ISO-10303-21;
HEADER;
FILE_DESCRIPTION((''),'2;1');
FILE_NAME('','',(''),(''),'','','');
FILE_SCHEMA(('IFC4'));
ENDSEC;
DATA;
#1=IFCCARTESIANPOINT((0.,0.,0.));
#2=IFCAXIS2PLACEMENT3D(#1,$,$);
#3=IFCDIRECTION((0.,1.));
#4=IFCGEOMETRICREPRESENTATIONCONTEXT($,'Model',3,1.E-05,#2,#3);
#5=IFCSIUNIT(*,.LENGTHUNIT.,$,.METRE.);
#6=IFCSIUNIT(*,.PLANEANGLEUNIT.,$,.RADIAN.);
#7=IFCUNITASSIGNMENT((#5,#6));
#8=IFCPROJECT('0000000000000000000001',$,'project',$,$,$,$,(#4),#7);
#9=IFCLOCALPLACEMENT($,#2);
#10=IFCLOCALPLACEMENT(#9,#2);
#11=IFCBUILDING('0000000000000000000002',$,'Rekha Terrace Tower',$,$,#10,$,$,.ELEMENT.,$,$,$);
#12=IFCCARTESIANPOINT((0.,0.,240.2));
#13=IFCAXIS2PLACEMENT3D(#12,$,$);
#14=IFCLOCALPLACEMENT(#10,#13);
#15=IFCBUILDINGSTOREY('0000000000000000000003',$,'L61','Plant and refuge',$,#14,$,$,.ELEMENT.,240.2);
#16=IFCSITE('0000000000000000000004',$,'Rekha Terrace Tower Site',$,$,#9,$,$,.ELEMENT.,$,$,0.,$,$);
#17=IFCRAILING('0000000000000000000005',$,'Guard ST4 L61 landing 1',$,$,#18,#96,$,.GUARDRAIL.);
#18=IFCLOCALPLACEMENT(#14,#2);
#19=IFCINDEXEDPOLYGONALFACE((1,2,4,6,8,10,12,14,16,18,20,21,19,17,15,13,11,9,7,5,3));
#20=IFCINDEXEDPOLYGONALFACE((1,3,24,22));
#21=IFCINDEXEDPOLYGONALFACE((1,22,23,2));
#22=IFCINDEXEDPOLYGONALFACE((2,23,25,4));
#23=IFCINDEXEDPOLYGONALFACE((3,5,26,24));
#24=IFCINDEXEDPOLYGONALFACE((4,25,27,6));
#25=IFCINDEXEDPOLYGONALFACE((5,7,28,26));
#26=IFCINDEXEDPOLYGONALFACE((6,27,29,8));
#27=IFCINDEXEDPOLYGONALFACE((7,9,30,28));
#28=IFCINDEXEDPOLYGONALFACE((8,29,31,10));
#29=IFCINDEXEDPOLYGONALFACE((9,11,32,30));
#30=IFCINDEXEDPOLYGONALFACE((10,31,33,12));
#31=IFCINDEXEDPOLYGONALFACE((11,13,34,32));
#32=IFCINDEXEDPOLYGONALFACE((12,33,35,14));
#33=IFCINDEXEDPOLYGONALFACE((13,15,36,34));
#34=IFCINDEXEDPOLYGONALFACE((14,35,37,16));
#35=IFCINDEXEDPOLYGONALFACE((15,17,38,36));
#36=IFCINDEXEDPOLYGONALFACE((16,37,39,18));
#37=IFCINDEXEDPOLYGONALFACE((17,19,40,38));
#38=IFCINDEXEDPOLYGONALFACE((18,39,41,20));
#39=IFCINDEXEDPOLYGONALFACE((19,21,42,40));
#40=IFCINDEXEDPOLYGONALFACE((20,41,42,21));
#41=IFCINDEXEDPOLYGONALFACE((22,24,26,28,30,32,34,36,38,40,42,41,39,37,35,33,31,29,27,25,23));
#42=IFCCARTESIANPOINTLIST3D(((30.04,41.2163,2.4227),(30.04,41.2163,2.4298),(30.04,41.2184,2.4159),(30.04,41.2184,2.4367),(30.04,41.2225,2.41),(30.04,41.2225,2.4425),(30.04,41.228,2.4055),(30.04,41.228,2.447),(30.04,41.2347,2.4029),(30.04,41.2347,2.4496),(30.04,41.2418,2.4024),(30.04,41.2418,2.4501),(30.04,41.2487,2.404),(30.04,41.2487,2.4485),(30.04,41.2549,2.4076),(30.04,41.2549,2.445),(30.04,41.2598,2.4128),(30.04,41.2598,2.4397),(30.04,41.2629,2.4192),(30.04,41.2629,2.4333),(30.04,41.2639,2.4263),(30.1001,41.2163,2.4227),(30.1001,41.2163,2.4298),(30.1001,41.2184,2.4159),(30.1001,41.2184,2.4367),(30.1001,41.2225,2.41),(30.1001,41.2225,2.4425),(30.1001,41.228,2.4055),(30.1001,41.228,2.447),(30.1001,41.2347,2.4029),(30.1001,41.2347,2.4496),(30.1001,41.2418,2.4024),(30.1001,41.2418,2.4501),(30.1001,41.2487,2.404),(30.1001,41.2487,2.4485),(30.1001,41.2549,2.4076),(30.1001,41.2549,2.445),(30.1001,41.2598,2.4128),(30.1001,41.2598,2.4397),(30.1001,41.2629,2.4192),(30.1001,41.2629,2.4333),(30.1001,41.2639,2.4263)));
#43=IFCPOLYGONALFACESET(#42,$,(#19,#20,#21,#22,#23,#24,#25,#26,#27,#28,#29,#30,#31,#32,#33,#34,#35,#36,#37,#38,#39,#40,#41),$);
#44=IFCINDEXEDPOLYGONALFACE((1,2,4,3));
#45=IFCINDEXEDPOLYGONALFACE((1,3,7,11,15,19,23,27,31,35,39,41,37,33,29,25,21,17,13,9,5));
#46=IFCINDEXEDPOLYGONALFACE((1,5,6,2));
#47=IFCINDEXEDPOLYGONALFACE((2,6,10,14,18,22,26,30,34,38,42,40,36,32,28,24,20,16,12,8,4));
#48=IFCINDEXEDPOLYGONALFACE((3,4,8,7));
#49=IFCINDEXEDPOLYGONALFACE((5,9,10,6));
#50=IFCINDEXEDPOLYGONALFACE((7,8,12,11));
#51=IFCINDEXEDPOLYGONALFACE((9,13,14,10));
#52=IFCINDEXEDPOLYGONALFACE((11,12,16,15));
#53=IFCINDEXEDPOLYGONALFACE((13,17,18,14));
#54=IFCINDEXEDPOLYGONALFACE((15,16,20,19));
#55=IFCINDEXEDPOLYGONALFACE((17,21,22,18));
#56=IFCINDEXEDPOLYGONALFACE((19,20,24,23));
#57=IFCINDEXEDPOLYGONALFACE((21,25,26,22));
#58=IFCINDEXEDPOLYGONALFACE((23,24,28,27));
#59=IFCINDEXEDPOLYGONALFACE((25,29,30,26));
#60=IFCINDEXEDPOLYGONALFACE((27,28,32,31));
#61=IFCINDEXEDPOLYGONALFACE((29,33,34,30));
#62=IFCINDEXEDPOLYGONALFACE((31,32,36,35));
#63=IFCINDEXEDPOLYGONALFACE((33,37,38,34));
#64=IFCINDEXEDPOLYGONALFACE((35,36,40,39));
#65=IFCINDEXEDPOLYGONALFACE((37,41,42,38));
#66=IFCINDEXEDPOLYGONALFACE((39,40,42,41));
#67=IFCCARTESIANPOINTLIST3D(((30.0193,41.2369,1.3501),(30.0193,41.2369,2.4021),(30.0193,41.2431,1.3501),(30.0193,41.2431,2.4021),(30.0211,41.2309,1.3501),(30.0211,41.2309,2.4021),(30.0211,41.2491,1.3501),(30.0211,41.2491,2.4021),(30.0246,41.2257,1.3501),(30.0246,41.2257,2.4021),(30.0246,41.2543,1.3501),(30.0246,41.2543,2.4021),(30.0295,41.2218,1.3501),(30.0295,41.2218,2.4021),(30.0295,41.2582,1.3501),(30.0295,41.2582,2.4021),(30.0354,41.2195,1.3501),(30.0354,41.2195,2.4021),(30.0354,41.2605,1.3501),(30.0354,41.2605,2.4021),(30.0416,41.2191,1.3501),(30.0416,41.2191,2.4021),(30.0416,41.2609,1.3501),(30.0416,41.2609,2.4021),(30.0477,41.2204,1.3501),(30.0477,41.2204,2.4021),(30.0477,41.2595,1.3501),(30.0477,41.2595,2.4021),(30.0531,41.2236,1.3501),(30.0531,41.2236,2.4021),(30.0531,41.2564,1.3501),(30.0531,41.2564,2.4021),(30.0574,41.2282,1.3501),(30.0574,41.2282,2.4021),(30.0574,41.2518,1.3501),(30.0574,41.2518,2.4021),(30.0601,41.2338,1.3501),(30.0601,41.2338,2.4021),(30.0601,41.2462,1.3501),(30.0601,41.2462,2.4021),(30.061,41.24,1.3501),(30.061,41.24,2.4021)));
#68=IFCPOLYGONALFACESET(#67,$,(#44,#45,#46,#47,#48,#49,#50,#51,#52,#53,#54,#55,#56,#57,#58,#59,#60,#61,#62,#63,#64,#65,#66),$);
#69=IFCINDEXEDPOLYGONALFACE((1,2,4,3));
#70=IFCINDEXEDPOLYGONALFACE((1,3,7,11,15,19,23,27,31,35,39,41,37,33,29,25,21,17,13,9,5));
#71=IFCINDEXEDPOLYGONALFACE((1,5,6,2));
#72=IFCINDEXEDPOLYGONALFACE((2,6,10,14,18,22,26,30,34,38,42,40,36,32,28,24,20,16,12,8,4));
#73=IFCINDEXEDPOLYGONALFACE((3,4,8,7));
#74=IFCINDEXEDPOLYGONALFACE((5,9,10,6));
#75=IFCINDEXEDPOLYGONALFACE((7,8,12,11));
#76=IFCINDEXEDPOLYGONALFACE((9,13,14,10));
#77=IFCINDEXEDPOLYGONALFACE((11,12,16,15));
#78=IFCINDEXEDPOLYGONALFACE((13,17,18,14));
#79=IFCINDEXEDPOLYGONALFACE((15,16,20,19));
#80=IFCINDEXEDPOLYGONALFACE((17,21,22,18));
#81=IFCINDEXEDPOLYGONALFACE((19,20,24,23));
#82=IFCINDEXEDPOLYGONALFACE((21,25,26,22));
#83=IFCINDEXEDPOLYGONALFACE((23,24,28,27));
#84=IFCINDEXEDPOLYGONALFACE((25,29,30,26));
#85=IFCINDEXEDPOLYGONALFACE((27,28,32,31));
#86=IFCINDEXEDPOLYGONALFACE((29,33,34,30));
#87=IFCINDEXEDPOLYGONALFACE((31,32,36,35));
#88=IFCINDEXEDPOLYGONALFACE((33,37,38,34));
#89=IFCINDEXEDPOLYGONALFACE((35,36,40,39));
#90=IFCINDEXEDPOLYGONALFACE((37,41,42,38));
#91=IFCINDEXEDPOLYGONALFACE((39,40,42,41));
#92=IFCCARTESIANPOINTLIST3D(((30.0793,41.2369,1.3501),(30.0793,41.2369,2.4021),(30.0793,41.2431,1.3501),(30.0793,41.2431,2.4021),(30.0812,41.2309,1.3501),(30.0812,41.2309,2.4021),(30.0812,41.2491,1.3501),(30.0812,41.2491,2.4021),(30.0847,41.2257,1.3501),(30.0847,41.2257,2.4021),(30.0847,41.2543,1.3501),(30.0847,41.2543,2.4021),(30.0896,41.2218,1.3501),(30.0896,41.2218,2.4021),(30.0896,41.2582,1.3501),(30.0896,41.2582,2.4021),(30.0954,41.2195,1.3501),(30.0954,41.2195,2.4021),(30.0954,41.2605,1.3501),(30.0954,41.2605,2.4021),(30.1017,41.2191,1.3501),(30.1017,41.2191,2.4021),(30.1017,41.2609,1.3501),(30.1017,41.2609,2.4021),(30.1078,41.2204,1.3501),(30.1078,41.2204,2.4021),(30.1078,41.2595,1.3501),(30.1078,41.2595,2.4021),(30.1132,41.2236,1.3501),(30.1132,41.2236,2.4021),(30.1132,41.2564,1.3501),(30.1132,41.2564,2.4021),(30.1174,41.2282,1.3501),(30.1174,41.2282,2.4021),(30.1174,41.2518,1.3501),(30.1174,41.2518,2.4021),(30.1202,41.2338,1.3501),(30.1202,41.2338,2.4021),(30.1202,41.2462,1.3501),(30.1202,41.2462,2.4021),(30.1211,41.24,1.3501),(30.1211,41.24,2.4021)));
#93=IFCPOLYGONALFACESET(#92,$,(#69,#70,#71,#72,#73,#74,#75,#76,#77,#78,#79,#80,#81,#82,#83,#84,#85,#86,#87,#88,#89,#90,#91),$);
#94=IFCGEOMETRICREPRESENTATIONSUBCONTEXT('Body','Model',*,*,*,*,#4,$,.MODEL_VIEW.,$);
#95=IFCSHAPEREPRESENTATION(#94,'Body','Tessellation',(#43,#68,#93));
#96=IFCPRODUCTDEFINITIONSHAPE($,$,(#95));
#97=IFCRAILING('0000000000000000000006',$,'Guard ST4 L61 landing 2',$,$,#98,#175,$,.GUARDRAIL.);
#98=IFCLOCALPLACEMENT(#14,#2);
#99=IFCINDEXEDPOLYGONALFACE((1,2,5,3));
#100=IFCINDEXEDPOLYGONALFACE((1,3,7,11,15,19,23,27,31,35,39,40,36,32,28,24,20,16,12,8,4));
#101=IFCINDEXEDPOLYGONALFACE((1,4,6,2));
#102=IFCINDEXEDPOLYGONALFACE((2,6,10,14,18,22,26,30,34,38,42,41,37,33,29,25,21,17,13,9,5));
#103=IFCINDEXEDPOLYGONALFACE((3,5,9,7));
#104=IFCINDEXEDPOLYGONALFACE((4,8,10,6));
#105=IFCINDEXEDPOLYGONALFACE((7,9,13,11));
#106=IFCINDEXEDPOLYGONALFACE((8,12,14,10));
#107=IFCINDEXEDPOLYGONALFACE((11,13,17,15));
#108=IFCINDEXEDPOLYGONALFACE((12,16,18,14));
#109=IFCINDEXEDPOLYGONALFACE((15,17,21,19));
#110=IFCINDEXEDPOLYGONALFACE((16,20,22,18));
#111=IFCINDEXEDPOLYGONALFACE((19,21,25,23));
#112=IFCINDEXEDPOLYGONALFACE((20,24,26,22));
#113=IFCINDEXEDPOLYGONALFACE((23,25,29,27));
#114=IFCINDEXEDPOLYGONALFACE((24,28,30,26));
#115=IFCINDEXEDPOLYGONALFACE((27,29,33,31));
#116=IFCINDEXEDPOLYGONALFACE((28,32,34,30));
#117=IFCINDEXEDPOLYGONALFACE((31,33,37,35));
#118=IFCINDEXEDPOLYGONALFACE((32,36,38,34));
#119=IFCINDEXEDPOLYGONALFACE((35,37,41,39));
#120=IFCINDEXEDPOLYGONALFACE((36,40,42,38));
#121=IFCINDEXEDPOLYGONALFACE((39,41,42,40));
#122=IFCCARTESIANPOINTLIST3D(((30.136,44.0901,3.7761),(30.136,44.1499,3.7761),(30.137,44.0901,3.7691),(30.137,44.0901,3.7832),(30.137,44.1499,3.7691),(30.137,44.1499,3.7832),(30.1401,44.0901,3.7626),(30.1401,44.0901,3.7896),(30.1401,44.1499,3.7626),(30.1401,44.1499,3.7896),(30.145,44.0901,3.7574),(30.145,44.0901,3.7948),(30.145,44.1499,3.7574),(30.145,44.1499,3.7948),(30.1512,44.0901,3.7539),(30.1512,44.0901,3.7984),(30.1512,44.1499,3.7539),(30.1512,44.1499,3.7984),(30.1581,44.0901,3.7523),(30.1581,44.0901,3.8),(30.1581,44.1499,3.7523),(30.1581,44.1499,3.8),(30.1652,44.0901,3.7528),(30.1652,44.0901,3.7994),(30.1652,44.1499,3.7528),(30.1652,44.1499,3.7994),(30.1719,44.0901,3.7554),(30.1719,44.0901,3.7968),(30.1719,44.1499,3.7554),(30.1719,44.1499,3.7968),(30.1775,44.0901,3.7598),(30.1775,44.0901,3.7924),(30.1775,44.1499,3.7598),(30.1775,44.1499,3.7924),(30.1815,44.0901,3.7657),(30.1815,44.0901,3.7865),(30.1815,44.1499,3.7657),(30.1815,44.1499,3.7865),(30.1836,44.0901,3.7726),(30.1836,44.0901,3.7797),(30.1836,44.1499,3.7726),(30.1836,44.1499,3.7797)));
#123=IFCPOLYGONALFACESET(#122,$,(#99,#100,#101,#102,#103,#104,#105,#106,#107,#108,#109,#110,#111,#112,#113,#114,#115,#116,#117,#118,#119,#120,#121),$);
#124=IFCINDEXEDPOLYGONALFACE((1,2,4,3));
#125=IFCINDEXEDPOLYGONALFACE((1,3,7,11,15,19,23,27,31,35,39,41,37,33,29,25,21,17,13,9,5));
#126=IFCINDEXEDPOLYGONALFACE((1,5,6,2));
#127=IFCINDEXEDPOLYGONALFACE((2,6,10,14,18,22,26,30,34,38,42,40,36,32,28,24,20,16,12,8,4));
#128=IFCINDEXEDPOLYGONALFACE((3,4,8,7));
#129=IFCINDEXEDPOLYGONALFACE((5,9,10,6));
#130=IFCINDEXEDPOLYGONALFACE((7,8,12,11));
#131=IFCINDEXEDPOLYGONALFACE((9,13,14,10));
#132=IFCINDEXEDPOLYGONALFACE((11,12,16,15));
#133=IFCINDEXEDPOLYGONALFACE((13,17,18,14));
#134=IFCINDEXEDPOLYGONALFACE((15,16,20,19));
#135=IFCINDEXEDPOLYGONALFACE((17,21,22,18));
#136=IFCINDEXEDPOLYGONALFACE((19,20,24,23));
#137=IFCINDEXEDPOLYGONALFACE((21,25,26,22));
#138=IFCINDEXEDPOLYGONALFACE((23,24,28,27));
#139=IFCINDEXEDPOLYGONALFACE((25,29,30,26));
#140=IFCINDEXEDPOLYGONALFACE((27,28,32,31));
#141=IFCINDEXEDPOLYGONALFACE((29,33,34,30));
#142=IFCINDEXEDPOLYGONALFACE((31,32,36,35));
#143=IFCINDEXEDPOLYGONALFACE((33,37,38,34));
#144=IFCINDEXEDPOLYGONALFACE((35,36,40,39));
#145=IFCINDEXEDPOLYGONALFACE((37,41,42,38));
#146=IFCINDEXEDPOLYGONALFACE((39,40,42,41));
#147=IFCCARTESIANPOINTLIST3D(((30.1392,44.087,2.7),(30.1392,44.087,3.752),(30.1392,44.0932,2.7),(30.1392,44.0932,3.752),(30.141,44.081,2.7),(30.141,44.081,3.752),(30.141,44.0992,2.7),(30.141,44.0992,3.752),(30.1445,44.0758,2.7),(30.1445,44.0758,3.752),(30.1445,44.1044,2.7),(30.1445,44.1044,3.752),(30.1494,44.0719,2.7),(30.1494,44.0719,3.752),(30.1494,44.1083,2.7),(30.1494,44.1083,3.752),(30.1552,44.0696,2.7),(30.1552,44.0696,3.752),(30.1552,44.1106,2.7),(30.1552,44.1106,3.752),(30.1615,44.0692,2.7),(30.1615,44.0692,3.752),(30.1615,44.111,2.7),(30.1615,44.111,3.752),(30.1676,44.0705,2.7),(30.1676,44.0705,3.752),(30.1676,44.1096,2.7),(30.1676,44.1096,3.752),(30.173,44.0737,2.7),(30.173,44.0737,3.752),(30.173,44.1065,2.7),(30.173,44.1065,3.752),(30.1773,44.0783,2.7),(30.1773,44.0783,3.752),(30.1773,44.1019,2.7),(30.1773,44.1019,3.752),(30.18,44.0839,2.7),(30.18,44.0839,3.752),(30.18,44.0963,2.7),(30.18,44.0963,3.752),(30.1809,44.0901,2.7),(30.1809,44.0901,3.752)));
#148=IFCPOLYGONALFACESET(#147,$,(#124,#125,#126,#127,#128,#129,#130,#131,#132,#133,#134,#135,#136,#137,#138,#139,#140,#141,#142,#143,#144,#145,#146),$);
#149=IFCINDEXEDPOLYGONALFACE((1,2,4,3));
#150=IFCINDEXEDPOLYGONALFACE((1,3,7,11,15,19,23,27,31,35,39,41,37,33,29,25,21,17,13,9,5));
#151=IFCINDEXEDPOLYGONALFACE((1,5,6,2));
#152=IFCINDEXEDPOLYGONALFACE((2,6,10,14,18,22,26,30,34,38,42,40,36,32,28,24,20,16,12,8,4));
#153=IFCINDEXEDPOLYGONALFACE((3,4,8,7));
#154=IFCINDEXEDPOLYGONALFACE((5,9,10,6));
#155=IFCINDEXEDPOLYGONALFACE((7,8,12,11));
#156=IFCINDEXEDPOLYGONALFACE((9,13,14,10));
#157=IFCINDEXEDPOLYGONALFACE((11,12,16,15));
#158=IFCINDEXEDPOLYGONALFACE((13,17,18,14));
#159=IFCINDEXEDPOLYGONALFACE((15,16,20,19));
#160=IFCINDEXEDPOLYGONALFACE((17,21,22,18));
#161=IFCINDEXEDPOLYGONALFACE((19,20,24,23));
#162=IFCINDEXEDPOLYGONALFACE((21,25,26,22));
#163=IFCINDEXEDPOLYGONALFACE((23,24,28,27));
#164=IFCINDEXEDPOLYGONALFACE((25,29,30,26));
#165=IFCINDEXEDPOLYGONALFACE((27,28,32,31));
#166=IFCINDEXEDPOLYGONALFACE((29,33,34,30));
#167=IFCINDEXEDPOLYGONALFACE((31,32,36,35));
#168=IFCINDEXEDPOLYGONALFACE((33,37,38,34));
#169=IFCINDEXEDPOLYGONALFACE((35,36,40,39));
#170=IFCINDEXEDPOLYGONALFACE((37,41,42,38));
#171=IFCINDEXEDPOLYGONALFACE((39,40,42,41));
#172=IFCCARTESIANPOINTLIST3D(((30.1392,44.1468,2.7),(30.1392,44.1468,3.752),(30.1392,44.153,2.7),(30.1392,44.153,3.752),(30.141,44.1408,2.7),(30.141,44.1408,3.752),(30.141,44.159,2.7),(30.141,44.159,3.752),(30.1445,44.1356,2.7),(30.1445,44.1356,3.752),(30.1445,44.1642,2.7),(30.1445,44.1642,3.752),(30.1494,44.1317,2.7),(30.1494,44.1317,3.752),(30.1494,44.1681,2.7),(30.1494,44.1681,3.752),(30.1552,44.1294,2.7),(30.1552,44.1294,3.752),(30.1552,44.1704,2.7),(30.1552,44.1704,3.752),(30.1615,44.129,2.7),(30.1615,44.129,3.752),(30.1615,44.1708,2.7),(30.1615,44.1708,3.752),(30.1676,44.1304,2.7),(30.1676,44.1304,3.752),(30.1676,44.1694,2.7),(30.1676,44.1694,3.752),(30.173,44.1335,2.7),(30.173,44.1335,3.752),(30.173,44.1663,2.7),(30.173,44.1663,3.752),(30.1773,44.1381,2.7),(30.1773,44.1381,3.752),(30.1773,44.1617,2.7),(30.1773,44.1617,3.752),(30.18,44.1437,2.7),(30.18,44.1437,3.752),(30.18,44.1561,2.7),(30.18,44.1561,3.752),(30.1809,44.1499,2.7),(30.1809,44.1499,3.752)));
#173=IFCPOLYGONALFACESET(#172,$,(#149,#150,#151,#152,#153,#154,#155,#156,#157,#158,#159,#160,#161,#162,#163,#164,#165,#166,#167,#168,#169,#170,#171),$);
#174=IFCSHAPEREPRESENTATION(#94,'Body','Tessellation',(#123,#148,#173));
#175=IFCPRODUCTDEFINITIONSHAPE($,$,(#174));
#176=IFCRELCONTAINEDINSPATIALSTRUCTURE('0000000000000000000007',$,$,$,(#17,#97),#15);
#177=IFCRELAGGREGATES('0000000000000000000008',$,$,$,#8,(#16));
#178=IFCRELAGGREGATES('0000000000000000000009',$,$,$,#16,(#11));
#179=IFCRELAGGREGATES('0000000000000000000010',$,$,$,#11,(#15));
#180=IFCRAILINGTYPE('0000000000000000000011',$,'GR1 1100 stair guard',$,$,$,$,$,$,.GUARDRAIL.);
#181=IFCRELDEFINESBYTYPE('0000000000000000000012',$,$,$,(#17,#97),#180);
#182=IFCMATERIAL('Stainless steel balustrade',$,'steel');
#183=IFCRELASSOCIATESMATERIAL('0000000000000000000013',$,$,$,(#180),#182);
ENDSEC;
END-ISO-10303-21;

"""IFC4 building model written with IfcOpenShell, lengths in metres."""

from ifc_helpers import new_model, si_unit, direction, frame, origin, origin_2d, place, context, subcontext, project, spatial, circle, extrude, material, type_object, element, save


model = new_model("IFC4")

# Units and contexts
model_context = context("Model", 3, precision=1e-05, world=origin(), true_north=direction((0.0, 1.0)))
body_context = subcontext(model_context, "Body", "Model", "MODEL_VIEW")
ifc_project = project(units=[si_unit("LENGTHUNIT", "METRE"), si_unit("PLANEANGLEUNIT", "RADIAN")], contexts=[model_context])

# Site, building, storey
site_placement = place(None, origin())
site = spatial("IfcSite", under=ifc_project, at=site_placement, Name="Rekha Terrace Tower Site", CompositionType="ELEMENT", RefElevation=0.0)
building_placement = place(site_placement, origin())
building = spatial("IfcBuilding", under=site, at=building_placement, Name="Rekha Terrace Tower", CompositionType="ELEMENT")
storey_placement = place(building_placement, frame((0.0, 0.0, 240.2)))
storey = spatial("IfcBuildingStorey", under=building, at=storey_placement, Name="L61", Description="Plant and refuge", CompositionType="ELEMENT", Elevation=240.2)

# Railings
ifc_material_1 = material(Name="Stainless steel balustrade", Category="steel")
railing_type_1 = type_object("IfcRailingType", Name="GR1 1100 stair guard", PredefinedType="GUARDRAIL", material=ifc_material_1)
railing_1_placement = place(storey_placement, frame((30.04, 41.24, 1.3501)))
element("IfcRailing", 1, at=railing_1_placement, inside=storey, type_object=railing_type_1, Name="Guard ST4 L61 landing 1", PredefinedType="GUARDRAIL", context=body_context, shape_type="SweptSolid", body=[
    extrude(circle(Radius=0.0239, at=origin_2d()), frame((0.0, 0.0, 1.0762), z_axis=(1.0, 0.0, 0.0), x_axis=(0.0, 1.0, 0.0)), (0.0, 0.0, 1.0), 0.0601),
    extrude(circle(Radius=0.021, at=origin_2d()), origin(), (0.0, 0.0, 1.0), 1.052),
    extrude(circle(Radius=0.021, at=origin_2d()), frame((0.0601, 0.0, 0.0)), (0.0, 0.0, 1.0), 1.052),
])
railing_2_placement = place(storey_placement, frame((30.1599, 44.0901, 2.7)))
element("IfcRailing", 2, at=railing_2_placement, inside=storey, type_object=railing_type_1, Name="Guard ST4 L61 landing 2", PredefinedType="GUARDRAIL", context=body_context, shape_type="SweptSolid", body=[
    extrude(circle(Radius=0.0239, at=origin_2d()), frame((0.0, 0.0, 1.0762), z_axis=(0.0, 1.0, 0.0), x_axis=(-1.0, 0.0, 0.0)), (0.0, 0.0, 1.0), 0.0598),
    extrude(circle(Radius=0.021, at=origin_2d()), origin(), (0.0, 0.0, 1.0), 1.052),
    extrude(circle(Radius=0.021, at=origin_2d()), frame((0.0, 0.0598, 0.0)), (0.0, 0.0, 1.0), 1.052),
])

save(model, "model.ifc")
